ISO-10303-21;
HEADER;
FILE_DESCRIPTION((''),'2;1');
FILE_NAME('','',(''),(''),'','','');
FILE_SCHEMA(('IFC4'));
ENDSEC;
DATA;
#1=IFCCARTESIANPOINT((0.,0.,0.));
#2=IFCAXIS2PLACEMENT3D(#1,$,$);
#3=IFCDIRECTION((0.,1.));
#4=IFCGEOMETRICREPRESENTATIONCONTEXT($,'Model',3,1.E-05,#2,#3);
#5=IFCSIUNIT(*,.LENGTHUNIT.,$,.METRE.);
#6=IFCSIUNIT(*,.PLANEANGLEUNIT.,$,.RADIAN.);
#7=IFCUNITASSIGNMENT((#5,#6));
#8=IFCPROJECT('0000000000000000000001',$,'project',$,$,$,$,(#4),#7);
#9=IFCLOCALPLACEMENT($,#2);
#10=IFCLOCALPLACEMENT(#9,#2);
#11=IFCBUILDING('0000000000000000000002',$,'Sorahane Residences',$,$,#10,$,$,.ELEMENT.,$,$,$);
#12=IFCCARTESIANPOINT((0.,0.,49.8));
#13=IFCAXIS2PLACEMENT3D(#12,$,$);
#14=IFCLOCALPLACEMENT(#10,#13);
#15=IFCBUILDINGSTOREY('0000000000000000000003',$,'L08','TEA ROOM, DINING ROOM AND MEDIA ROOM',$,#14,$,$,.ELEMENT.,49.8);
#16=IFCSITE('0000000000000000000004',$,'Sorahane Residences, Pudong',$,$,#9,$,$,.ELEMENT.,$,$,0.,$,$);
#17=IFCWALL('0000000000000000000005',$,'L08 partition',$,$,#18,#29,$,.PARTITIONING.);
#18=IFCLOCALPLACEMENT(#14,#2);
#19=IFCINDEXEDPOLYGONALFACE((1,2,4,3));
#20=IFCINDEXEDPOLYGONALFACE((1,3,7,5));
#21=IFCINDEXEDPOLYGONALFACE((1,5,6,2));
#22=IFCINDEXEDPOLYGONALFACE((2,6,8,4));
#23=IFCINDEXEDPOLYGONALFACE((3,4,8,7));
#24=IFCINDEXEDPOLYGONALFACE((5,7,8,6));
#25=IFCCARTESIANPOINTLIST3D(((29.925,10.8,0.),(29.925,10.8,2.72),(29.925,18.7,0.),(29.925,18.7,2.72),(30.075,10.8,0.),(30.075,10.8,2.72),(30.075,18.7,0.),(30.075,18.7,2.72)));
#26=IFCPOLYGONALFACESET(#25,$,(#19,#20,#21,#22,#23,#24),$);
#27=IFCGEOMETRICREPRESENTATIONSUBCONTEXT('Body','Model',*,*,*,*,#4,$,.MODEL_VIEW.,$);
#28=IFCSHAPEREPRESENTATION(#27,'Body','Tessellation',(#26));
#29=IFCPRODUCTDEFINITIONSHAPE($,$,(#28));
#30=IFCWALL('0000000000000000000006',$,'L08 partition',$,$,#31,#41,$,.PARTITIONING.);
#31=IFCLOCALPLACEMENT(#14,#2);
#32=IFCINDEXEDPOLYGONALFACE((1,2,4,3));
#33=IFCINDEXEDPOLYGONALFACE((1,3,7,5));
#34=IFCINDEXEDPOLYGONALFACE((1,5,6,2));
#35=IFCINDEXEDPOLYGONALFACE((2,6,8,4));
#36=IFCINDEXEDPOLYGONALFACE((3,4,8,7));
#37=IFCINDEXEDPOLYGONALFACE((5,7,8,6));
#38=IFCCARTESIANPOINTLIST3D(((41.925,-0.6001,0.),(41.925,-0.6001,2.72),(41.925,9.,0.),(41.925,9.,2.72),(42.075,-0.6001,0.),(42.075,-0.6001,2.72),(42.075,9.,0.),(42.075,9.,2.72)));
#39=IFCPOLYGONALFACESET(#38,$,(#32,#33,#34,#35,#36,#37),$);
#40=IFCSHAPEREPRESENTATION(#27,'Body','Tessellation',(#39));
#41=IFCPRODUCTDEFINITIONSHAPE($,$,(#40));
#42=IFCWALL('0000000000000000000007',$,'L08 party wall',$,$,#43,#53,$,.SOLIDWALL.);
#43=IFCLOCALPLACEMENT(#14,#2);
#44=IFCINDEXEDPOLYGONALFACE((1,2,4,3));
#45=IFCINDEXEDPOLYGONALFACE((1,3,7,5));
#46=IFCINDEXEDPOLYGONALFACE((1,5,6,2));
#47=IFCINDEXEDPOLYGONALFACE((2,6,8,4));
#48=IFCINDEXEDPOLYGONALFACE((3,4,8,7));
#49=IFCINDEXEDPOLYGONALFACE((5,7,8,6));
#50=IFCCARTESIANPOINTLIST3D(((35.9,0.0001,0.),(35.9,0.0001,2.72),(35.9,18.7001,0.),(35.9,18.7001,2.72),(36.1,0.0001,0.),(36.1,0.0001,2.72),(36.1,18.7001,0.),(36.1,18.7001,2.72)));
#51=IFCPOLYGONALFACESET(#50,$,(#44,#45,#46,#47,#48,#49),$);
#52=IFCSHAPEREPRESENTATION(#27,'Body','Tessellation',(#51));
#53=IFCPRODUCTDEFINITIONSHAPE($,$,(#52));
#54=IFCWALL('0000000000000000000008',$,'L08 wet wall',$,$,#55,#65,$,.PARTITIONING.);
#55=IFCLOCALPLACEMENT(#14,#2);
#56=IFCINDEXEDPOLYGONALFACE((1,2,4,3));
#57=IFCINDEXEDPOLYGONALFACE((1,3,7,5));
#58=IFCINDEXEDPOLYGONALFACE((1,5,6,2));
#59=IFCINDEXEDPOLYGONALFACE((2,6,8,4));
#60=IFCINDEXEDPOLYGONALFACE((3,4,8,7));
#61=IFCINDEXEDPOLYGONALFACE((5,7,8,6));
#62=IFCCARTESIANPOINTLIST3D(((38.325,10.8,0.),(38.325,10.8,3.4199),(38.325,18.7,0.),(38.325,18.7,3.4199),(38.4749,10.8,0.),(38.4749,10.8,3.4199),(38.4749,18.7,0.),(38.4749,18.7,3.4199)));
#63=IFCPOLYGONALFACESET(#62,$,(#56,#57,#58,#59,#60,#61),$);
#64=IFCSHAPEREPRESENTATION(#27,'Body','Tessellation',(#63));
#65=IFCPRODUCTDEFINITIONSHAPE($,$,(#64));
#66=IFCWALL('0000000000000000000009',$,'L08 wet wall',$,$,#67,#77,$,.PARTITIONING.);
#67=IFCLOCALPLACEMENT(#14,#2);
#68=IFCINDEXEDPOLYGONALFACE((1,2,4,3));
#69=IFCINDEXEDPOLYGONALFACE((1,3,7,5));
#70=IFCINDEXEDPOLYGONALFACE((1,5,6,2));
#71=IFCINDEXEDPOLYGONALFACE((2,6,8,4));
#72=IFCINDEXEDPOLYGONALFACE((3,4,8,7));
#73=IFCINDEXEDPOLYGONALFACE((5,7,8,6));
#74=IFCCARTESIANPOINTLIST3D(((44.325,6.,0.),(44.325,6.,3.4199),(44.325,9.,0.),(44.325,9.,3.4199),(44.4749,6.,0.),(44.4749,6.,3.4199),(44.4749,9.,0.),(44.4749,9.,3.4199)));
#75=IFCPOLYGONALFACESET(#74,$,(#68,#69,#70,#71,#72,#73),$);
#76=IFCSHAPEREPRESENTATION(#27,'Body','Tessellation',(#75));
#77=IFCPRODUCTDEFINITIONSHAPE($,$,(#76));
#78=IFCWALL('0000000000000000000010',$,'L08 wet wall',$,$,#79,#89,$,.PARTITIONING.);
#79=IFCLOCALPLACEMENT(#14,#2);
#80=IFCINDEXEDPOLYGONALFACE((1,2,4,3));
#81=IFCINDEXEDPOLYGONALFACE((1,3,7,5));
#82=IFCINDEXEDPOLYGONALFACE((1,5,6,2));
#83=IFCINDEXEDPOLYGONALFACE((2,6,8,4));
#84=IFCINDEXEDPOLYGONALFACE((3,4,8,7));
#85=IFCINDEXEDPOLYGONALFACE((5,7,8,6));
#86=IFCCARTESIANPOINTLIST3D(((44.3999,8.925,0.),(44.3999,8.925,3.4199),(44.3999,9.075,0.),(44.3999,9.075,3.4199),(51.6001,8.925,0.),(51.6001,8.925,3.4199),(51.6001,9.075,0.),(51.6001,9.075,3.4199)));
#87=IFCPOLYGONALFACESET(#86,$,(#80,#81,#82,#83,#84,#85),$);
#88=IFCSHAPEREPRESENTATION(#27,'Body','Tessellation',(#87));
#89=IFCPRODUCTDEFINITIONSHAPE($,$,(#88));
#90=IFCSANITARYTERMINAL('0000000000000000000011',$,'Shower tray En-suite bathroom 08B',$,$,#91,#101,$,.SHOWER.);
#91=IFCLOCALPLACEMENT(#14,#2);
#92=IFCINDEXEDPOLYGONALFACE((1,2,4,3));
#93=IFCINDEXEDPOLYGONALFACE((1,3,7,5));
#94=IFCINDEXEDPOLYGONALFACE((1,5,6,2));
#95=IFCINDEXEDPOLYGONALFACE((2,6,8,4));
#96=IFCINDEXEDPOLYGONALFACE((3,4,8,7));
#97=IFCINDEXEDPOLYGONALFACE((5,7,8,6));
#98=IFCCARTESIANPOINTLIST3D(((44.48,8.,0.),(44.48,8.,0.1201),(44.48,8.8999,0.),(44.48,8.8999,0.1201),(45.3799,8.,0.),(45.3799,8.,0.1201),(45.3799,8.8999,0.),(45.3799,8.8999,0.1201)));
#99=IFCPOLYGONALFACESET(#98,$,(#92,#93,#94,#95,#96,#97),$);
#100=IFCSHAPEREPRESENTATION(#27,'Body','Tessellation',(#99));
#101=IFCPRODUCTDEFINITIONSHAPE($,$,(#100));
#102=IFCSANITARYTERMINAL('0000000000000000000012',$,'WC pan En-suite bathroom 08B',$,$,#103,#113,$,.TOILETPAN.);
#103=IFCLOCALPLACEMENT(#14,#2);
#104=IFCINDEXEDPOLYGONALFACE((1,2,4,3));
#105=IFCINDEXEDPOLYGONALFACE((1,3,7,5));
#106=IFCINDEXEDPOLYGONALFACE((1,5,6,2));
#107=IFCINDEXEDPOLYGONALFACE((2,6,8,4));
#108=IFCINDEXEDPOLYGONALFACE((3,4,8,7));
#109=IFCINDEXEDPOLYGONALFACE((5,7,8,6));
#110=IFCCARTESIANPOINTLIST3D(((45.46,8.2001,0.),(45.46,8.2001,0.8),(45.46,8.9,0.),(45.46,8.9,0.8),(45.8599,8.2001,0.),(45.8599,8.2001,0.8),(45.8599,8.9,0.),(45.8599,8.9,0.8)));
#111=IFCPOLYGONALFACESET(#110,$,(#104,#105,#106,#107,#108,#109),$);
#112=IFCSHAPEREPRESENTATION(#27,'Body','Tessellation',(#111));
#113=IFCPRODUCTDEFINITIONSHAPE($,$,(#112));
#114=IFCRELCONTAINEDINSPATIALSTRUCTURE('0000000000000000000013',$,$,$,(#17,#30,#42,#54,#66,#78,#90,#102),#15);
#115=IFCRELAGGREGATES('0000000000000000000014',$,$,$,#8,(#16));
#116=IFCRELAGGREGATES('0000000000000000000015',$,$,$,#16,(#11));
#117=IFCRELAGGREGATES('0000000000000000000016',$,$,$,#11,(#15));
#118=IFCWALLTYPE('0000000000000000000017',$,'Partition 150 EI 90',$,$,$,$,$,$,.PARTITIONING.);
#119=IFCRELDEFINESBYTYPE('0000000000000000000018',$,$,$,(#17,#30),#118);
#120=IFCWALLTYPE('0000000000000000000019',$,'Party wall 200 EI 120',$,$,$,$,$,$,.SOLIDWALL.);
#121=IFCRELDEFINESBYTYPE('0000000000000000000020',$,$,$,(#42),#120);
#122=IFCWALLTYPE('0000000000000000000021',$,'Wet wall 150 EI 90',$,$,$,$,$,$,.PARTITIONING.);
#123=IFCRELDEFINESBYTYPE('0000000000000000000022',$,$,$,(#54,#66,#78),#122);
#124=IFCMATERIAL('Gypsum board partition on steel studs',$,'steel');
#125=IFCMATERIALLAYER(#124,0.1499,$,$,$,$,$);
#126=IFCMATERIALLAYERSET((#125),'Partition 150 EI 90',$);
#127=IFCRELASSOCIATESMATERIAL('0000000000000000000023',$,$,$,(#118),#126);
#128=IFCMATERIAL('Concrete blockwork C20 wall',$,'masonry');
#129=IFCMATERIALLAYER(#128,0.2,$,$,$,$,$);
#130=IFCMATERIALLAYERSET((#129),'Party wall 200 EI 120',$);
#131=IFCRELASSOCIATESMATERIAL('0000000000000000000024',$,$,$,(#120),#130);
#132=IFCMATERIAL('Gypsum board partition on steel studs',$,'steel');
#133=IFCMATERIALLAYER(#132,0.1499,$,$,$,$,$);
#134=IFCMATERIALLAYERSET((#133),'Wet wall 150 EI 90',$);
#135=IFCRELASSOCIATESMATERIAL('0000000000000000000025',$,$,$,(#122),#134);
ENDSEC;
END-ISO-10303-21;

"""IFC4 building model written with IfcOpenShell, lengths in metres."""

from ifc_helpers import new_model, si_unit, direction, frame, frame_2d, origin, origin_2d, place, context, subcontext, project, spatial, rectangle, extrude, material, layer, layer_set, type_object, element, save


model = new_model("IFC4")

# Units and contexts
model_context = context("Model", 3, precision=1e-05, world=origin(), true_north=direction((0.0, 1.0)))
body_context = subcontext(model_context, "Body", "Model", "MODEL_VIEW")
ifc_project = project(units=[si_unit("LENGTHUNIT", "METRE"), si_unit("PLANEANGLEUNIT", "RADIAN")], contexts=[model_context])

# Site, building, storey
site_placement = place(None, origin())
site = spatial("IfcSite", under=ifc_project, at=site_placement, Name="Sorahane Residences, Pudong", CompositionType="ELEMENT", RefElevation=0.0)
building_placement = place(site_placement, origin())
building = spatial("IfcBuilding", under=site, at=building_placement, Name="Sorahane Residences", CompositionType="ELEMENT")
storey_placement = place(building_placement, frame((0.0, 0.0, 49.8)))
storey = spatial("IfcBuildingStorey", under=building, at=storey_placement, Name="L08", Description="TEA ROOM, DINING ROOM AND MEDIA ROOM", CompositionType="ELEMENT", Elevation=49.8)

# Walls
ifc_material_1 = material(Name="Gypsum board partition on steel studs", Category="steel")
ifc_layer_1 = layer(ifc_material_1, 0.1499)
ifc_layer_set_1 = layer_set([ifc_layer_1], Name="Partition 150 EI 90")
wall_type_1 = type_object("IfcWallType", Name="Partition 150 EI 90", PredefinedType="PARTITIONING", material=ifc_layer_set_1)
wall_1_placement = place(storey_placement, frame((30.0, 10.8, 0.0), z_axis=(0.0, 0.0, 1.0), x_axis=(0.0, 1.0, 0.0)))
element("IfcWall", 1, at=wall_1_placement, inside=storey, type_object=wall_type_1, Name="L08 partition", PredefinedType="PARTITIONING", context=body_context, shape_type="SweptSolid", body=[
    extrude(rectangle(XDim=7.8999, YDim=0.1499, at=frame_2d((3.95, 0.0))), origin(), (0.0, 0.0, 1.0), 2.72),
])
wall_2_placement = place(storey_placement, frame((42.0, -0.6001, 0.0), z_axis=(0.0, 0.0, 1.0), x_axis=(0.0, 1.0, 0.0)))
element("IfcWall", 2, at=wall_2_placement, inside=storey, type_object=wall_type_1, Name="L08 partition", PredefinedType="PARTITIONING", context=body_context, shape_type="SweptSolid", body=[
    extrude(rectangle(XDim=9.6001, YDim=0.1499, at=frame_2d((4.8, 0.0))), origin(), (0.0, 0.0, 1.0), 2.72),
])

# Walls
ifc_material_2 = material(Name="Concrete blockwork C20 wall", Category="masonry")
ifc_layer_2 = layer(ifc_material_2, 0.2)
ifc_layer_set_2 = layer_set([ifc_layer_2], Name="Party wall 200 EI 120")
wall_type_2 = type_object("IfcWallType", Name="Party wall 200 EI 120", PredefinedType="SOLIDWALL", material=ifc_layer_set_2)
wall_3_placement = place(storey_placement, frame((36.0, 0.0, 0.0), z_axis=(0.0, 0.0, 1.0), x_axis=(0.0, 1.0, 0.0)))
element("IfcWall", 3, at=wall_3_placement, inside=storey, type_object=wall_type_2, Name="L08 party wall", PredefinedType="SOLIDWALL", context=body_context, shape_type="SweptSolid", body=[
    extrude(rectangle(XDim=18.7, YDim=0.2, at=frame_2d((9.3501, 0.0))), origin(), (0.0, 0.0, 1.0), 2.72),
])
ifc_material_3 = material(Name="Gypsum board partition on steel studs", Category="steel")
ifc_layer_3 = layer(ifc_material_3, 0.1499)
ifc_layer_set_3 = layer_set([ifc_layer_3], Name="Wet wall 150 EI 90")
wall_type_3 = type_object("IfcWallType", Name="Wet wall 150 EI 90", PredefinedType="PARTITIONING", material=ifc_layer_set_3)
wall_4_placement = place(storey_placement, frame((38.3999, 10.8, 0.0), z_axis=(0.0, 0.0, 1.0), x_axis=(0.0, 1.0, 0.0)))
element("IfcWall", 4, at=wall_4_placement, inside=storey, type_object=wall_type_3, Name="L08 wet wall", PredefinedType="PARTITIONING", context=body_context, shape_type="SweptSolid", body=[
    extrude(rectangle(XDim=7.8999, YDim=0.1499, at=frame_2d((3.95, 0.0))), origin(), (0.0, 0.0, 1.0), 3.4199),
])
wall_5_placement = place(storey_placement, frame((44.3999, 6.0, 0.0), z_axis=(0.0, 0.0, 1.0), x_axis=(0.0, 1.0, 0.0)))
element("IfcWall", 5, at=wall_5_placement, inside=storey, type_object=wall_type_3, Name="L08 wet wall", PredefinedType="PARTITIONING", context=body_context, shape_type="SweptSolid", body=[
    extrude(rectangle(XDim=3.0, YDim=0.1499, at=frame_2d((1.5, 0.0))), origin(), (0.0, 0.0, 1.0), 3.4199),
])

# Wall
wall_6_placement = place(storey_placement, frame((44.3999, 9.0, 0.0), z_axis=(0.0, 0.0, 1.0), x_axis=(1.0, 0.0, 0.0)))
element("IfcWall", 6, at=wall_6_placement, inside=storey, type_object=wall_type_3, Name="L08 wet wall", PredefinedType="PARTITIONING", context=body_context, shape_type="SweptSolid", body=[
    extrude(rectangle(XDim=7.2002, YDim=0.1499, at=frame_2d((3.6001, 0.0))), origin(), (0.0, 0.0, 1.0), 3.4199),
])

# Sanitary terminals
sanitary_terminal_1_placement = place(storey_placement, frame((44.9299, 8.45, 0.0), z_axis=(0.0, 0.0, 1.0), x_axis=(1.0, 0.0, 0.0)))
element("IfcSanitaryTerminal", 7, at=sanitary_terminal_1_placement, inside=storey, Name="Shower tray En-suite bathroom 08B", PredefinedType="SHOWER", context=body_context, shape_type="SweptSolid", body=[
    extrude(rectangle(XDim=0.8999, YDim=0.8999, at=origin_2d()), origin(), (0.0, 0.0, 1.0), 0.1201),
])
sanitary_terminal_2_placement = place(storey_placement, frame((45.6599, 8.55, 0.0), z_axis=(0.0, 0.0, 1.0), x_axis=(1.0, 0.0, 0.0)))
element("IfcSanitaryTerminal", 8, at=sanitary_terminal_2_placement, inside=storey, Name="WC pan En-suite bathroom 08B", PredefinedType="TOILETPAN", context=body_context, shape_type="SweptSolid", body=[
    extrude(rectangle(XDim=0.3999, YDim=0.7, at=origin_2d()), origin(), (0.0, 0.0, 1.0), 0.8),
])

save(model, "model.ifc")
